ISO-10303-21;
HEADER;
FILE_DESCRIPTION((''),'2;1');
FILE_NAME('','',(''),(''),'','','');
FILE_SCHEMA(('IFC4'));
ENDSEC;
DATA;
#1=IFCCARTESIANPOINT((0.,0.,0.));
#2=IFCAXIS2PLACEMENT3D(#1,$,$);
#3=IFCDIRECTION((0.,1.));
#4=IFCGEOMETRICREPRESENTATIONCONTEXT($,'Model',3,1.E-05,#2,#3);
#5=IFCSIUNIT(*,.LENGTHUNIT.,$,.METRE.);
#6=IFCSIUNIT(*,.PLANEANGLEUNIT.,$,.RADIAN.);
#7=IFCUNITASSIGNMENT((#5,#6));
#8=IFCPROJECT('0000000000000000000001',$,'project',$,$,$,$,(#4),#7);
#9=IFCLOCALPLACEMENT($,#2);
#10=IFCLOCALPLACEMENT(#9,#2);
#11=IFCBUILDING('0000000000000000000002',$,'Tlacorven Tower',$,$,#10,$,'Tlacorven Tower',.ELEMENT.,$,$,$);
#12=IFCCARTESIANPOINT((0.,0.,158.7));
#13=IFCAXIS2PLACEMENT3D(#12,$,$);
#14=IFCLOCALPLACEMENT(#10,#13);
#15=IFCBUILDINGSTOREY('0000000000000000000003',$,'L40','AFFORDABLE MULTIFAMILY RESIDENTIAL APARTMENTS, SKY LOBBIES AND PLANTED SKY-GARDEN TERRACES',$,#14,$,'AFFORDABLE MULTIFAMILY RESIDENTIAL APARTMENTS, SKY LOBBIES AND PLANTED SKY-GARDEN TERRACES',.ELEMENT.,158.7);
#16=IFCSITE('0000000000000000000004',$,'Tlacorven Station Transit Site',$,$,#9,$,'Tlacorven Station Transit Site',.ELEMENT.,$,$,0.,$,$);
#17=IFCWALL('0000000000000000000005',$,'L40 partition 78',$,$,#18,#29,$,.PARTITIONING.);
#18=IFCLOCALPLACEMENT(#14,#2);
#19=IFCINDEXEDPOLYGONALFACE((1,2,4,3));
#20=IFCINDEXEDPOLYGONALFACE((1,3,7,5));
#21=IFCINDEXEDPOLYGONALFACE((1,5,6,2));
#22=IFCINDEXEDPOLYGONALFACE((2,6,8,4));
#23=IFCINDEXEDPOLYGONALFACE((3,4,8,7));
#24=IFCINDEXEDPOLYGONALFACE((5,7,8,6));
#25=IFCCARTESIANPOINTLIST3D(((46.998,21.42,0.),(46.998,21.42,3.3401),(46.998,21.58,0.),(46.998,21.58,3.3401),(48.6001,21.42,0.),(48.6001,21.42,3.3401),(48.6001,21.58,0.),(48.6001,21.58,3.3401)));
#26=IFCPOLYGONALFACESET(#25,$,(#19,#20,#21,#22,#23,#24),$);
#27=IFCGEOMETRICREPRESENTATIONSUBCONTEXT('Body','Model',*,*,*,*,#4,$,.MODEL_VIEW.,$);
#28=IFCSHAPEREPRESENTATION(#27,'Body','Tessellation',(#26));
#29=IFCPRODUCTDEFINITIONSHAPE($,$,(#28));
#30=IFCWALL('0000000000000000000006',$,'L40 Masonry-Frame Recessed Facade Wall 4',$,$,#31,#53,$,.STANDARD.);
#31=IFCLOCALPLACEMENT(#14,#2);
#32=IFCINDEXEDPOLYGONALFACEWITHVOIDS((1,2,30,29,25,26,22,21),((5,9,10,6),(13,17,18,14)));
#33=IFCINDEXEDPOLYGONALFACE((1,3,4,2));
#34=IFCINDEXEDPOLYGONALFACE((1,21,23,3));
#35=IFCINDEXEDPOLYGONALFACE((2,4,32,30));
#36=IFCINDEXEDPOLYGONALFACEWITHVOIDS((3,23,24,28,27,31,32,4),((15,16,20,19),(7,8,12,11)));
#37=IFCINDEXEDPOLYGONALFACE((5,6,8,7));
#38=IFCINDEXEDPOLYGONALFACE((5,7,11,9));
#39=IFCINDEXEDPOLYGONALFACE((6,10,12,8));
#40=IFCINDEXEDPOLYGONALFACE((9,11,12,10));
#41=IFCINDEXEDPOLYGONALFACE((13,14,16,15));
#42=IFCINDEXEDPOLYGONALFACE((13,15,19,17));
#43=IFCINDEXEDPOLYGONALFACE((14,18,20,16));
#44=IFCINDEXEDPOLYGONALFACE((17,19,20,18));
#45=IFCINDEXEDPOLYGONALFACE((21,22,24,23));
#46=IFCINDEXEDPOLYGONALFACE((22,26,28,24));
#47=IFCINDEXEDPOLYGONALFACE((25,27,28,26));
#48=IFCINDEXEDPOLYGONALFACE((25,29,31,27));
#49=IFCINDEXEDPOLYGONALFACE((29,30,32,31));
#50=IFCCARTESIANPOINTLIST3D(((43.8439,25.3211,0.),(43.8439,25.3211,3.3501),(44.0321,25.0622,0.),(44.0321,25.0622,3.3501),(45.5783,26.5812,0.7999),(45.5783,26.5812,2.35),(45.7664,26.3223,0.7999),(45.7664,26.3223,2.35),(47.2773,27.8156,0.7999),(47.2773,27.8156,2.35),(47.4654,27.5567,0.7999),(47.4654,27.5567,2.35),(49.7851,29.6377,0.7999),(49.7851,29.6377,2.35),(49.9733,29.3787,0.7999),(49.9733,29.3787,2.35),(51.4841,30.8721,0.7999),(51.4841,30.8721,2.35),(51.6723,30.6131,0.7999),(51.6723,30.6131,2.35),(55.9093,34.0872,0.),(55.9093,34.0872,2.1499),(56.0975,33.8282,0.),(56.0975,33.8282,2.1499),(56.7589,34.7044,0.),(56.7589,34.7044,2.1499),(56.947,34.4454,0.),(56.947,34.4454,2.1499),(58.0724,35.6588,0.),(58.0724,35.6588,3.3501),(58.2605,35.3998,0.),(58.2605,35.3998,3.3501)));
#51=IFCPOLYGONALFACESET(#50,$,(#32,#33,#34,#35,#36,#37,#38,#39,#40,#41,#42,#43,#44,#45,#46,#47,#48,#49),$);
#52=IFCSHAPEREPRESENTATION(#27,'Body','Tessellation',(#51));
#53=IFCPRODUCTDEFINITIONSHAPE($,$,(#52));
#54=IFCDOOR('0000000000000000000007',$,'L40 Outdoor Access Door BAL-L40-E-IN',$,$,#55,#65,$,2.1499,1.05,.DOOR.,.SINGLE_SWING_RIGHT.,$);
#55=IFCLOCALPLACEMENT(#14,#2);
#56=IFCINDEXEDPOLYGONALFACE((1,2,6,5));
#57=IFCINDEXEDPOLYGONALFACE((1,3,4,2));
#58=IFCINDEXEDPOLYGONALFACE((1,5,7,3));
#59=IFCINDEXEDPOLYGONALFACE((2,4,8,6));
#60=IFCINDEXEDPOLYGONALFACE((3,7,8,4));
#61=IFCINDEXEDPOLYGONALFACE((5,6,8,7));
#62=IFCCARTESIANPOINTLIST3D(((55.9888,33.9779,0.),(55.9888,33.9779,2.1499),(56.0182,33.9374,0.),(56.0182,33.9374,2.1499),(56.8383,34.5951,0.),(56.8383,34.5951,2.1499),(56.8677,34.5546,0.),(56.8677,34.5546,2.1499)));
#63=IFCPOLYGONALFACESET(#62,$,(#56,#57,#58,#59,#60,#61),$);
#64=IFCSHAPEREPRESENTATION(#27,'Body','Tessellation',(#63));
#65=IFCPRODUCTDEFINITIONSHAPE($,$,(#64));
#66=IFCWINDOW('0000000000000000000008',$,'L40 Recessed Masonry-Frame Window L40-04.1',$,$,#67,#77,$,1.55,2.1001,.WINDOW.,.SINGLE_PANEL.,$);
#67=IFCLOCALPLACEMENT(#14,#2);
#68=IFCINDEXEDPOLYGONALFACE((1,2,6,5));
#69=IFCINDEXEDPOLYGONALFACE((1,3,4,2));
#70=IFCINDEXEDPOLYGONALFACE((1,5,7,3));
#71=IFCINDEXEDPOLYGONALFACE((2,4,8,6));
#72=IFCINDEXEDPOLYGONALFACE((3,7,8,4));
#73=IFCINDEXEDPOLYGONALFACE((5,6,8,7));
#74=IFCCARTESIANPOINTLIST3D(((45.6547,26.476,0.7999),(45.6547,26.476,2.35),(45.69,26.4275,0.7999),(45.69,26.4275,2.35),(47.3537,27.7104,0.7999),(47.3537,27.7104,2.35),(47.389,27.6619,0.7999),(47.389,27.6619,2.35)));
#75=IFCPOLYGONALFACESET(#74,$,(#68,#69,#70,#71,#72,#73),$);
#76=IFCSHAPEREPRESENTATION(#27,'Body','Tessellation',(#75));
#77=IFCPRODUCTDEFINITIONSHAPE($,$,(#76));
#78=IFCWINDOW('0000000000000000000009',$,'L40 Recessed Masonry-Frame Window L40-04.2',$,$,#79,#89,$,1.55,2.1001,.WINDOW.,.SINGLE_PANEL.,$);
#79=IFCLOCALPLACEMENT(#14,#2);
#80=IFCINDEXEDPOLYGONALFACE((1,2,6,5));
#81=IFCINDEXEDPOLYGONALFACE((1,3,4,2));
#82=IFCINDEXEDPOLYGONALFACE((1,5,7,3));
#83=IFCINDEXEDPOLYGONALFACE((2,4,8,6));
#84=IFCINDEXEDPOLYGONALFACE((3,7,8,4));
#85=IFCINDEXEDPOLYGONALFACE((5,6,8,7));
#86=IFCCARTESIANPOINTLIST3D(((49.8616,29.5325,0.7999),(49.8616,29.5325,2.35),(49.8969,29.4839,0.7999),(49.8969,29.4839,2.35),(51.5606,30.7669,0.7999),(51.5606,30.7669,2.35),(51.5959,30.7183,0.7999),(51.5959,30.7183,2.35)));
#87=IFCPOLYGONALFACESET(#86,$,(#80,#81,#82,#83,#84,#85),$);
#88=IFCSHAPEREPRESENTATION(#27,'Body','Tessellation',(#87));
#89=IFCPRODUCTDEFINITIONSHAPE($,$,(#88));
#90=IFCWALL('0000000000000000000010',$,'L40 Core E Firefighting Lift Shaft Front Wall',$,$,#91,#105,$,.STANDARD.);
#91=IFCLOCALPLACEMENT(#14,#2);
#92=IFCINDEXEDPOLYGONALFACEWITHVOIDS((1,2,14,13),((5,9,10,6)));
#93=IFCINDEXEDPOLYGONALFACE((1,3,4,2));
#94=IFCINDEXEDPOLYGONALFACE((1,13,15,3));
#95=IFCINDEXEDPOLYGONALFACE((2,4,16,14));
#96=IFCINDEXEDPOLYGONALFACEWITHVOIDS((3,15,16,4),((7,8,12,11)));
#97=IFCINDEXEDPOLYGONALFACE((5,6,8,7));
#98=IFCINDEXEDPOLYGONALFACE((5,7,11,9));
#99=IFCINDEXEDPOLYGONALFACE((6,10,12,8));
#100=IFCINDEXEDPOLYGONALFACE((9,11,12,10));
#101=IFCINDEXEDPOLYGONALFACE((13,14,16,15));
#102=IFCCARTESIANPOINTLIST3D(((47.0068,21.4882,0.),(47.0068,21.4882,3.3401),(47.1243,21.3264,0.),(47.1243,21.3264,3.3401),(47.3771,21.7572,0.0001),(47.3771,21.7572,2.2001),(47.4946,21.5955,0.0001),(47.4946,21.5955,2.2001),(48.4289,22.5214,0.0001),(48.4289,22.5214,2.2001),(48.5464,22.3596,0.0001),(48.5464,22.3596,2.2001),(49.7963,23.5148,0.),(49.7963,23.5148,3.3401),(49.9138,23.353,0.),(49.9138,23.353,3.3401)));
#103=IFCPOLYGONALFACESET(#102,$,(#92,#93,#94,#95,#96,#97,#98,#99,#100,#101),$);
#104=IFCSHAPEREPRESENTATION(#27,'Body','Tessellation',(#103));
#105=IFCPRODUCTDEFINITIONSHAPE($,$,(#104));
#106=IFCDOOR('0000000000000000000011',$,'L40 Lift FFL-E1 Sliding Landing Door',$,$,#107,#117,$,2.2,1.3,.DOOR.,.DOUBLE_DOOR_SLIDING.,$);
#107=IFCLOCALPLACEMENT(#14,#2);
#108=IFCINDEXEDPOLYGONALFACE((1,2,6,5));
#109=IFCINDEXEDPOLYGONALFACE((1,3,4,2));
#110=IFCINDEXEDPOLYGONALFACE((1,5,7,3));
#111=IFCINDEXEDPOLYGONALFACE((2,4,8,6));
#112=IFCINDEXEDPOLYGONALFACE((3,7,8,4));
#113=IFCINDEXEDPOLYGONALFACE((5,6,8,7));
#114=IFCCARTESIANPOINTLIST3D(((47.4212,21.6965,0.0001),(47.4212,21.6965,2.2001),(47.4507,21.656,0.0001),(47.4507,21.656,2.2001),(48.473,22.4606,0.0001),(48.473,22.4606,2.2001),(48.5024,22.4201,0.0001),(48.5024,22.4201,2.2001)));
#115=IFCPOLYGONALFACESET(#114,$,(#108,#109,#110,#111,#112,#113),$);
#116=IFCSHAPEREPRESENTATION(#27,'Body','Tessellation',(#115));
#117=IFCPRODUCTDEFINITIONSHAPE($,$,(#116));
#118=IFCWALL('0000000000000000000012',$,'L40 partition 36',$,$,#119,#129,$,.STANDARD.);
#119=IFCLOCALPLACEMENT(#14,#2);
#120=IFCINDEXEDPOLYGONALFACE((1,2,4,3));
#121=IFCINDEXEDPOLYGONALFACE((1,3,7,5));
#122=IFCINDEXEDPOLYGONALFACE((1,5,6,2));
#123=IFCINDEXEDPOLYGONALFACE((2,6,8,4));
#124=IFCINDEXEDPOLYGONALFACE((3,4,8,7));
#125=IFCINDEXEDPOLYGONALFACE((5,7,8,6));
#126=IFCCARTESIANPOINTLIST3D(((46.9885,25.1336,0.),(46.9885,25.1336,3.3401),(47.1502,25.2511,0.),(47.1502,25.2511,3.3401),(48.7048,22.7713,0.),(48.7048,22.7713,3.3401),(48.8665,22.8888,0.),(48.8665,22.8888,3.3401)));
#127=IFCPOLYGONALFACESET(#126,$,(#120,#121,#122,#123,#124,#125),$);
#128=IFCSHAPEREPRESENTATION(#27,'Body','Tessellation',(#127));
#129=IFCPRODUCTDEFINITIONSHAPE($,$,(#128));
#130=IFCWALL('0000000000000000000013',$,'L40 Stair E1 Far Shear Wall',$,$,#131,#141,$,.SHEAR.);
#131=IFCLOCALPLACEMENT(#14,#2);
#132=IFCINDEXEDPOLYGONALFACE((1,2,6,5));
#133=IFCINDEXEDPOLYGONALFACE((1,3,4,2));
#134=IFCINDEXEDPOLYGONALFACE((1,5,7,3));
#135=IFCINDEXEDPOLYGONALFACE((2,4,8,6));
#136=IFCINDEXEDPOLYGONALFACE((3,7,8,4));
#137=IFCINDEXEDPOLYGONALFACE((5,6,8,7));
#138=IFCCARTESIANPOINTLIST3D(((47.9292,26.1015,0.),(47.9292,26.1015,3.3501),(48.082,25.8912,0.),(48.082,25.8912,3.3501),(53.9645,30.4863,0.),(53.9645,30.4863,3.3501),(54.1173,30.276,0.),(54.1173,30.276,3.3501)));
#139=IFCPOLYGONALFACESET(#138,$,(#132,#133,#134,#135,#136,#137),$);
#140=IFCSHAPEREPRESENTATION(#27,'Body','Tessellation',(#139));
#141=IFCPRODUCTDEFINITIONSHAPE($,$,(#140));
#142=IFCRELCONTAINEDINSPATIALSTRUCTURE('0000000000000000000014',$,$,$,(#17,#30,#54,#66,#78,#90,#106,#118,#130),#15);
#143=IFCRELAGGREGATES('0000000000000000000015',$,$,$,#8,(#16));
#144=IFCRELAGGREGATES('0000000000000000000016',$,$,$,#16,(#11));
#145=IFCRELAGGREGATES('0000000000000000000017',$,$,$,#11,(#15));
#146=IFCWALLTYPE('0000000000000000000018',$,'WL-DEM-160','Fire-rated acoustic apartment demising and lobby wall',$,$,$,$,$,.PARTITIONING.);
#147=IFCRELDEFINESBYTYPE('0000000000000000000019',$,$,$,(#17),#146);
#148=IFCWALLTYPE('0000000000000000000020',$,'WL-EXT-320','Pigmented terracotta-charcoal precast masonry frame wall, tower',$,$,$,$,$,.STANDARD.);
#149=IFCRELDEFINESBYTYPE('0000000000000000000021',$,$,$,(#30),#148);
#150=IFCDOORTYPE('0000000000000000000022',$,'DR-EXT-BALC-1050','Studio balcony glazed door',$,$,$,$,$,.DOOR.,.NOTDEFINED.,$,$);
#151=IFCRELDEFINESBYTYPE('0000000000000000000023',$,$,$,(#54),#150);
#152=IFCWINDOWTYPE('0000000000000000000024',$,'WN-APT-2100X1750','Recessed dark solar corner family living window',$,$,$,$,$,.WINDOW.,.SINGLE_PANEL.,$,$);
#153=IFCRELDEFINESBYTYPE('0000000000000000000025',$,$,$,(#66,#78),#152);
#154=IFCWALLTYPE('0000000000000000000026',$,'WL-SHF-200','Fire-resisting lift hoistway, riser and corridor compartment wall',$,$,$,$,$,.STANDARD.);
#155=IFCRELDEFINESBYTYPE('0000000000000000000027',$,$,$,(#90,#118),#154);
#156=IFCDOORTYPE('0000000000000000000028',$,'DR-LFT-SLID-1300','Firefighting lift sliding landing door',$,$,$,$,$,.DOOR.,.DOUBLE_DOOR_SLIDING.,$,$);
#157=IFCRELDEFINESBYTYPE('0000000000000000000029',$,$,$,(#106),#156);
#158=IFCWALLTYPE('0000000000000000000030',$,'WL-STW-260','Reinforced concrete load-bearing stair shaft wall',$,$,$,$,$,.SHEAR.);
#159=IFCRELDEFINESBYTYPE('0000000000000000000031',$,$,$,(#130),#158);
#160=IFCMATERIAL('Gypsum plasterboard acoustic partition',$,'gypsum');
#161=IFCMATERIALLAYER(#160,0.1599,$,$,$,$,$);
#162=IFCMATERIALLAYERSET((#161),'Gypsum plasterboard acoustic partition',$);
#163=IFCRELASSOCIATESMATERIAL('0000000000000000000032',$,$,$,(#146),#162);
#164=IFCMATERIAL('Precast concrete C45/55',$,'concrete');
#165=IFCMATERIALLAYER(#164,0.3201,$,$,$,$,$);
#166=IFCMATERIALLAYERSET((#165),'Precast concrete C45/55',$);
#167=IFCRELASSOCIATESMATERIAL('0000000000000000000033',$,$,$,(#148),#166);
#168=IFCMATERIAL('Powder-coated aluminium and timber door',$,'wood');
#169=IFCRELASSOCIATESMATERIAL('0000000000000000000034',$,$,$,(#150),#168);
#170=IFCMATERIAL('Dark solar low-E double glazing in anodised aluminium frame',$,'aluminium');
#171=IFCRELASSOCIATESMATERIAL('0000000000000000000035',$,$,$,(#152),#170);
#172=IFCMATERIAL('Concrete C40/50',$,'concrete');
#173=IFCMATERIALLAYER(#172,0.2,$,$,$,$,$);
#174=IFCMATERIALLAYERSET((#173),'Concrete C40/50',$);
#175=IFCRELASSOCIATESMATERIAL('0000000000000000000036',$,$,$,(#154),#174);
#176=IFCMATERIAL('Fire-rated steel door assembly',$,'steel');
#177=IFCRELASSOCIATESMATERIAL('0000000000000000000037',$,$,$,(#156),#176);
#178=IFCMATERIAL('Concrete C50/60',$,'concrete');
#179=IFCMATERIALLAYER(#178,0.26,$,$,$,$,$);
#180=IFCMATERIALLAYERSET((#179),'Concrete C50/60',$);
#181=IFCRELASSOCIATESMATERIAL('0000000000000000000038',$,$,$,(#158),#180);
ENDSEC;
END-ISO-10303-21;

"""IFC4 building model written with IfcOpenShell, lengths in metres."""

from ifc_helpers import new_model, si_unit, direction, frame, frame_2d, origin, place, context, subcontext, project, spatial, rectangle, extrude, source, transform, mapped, material, layer, layer_set, type_object, element, fill, save


model = new_model("IFC4")

# Units and contexts
model_context = context("Model", 3, precision=1e-05, world=origin(), true_north=direction((0.0, 1.0)))
body_context = subcontext(model_context, "Body", "Model", "MODEL_VIEW")
ifc_project = project(units=[si_unit("LENGTHUNIT", "METRE"), si_unit("PLANEANGLEUNIT", "RADIAN")], contexts=[model_context])

# Site, building, storey
site_placement = place(None, origin())
site = spatial("IfcSite", under=ifc_project, at=site_placement, Name="Tlacorven Station Transit Site", LongName="Tlacorven Station Transit Site", CompositionType="ELEMENT", RefElevation=0.0)
building_placement = place(site_placement, origin())
building = spatial("IfcBuilding", under=site, at=building_placement, Name="Tlacorven Tower", LongName="Tlacorven Tower", CompositionType="ELEMENT")
storey_placement = place(building_placement, frame((0.0, 0.0, 158.7)))
storey = spatial("IfcBuildingStorey", under=building, at=storey_placement, Name="L40", Description="AFFORDABLE MULTIFAMILY RESIDENTIAL APARTMENTS, SKY LOBBIES AND PLANTED SKY-GARDEN TERRACES", LongName="AFFORDABLE MULTIFAMILY RESIDENTIAL APARTMENTS, SKY LOBBIES AND PLANTED SKY-GARDEN TERRACES", CompositionType="ELEMENT", Elevation=158.7)

# Wall
ifc_material_1 = material(Name="Gypsum plasterboard acoustic partition", Category="gypsum")
ifc_layer_1 = layer(ifc_material_1, 0.1599)
ifc_layer_set_1 = layer_set([ifc_layer_1], Name="Gypsum plasterboard acoustic partition")
wall_type_1 = type_object("IfcWallType", Name="WL-DEM-160", Description="Fire-rated acoustic apartment demising and lobby wall", PredefinedType="PARTITIONING", material=ifc_layer_set_1)
wall_1_placement = place(storey_placement, frame((46.998, 21.5, 0.0), z_axis=(0.0, 0.0, 1.0), x_axis=(1.0, 0.0, 0.0)))
element("IfcWall", 1, at=wall_1_placement, inside=storey, type_object=wall_type_1, Name="L40 partition 78", PredefinedType="PARTITIONING", context=body_context, shape_type="SweptSolid", body=[
    extrude(rectangle(XDim=1.6021, YDim=0.1599, at=frame_2d((0.801, 0.0))), origin(), (0.0, 0.0, 1.0), 3.3401),
])

# Wall, openings, door, windows
ifc_material_2 = material(Name="Precast concrete C45/55", Category="concrete")
ifc_layer_2 = layer(ifc_material_2, 0.3201)
ifc_layer_set_2 = layer_set([ifc_layer_2], Name="Precast concrete C45/55")
wall_type_2 = type_object("IfcWallType", Name="WL-EXT-320", Description="Pigmented terracotta-charcoal precast masonry frame wall, tower", PredefinedType="STANDARD", material=ifc_layer_set_2)
wall_2_placement = place(storey_placement, frame((43.938, 25.1917, 0.0), z_axis=(0.0, 0.0, 1.0), x_axis=(0.809016, 0.587786, 0.0)))
wall_2 = element("IfcWall", 2, at=wall_2_placement, inside=storey, type_object=wall_type_2, Name="L40 Masonry-Frame Recessed Facade Wall 4", PredefinedType="STANDARD", context=body_context, shape_type="SweptSolid", body=[
    extrude(rectangle(XDim=17.5874, YDim=0.3201, at=frame_2d((8.7937, 0.0))), origin(), (0.0, 0.0, 1.0), 3.3501),
])
opening_1_placement = place(wall_2_placement, frame((14.9138, 0.0, 0.0)))
opening_1 = element("IfcOpeningElement", 3, at=opening_1_placement, cuts=wall_2, PredefinedType="OPENING", context=body_context, shape_type="SweptSolid", body=[
    extrude(rectangle(XDim=1.05, YDim=2.1499, at=frame_2d((0.5249, 1.075))), frame((0.0, 0.1699, 0.0), z_axis=(0.0, -1.0, 0.0), x_axis=(1.0, 0.0, 0.0)), (0.0, 0.0, 1.0), 0.3401),
])
opening_2_placement = place(wall_2_placement, frame((2.1438, 0.0, 0.8)))
opening_2 = element("IfcOpeningElement", 4, at=opening_2_placement, cuts=wall_2, PredefinedType="OPENING", context=body_context, shape_type="SweptSolid", body=[
    extrude(rectangle(XDim=2.1001, YDim=1.55, at=frame_2d((1.05, 0.7749))), frame((0.0, 0.1699, 0.0), z_axis=(0.0, -1.0, 0.0), x_axis=(1.0, 0.0, 0.0)), (0.0, 0.0, 1.0), 0.3401),
])
opening_3_placement = place(wall_2_placement, frame((7.3438, 0.0, 0.8)))
opening_3 = element("IfcOpeningElement", 5, at=opening_3_placement, cuts=wall_2, PredefinedType="OPENING", context=body_context, shape_type="SweptSolid", body=[
    extrude(rectangle(XDim=2.1001, YDim=1.55, at=frame_2d((1.05, 0.7749))), frame((0.0, 0.1699, 0.0), z_axis=(0.0, -1.0, 0.0), x_axis=(1.0, 0.0, 0.0)), (0.0, 0.0, 1.0), 0.3401),
])
ifc_material_3 = material(Name="Powder-coated aluminium and timber door", Category="wood")
door_type_1 = type_object("IfcDoorType", Name="DR-EXT-BALC-1050", Description="Studio balcony glazed door", OperationType="NOTDEFINED", PredefinedType="DOOR", material=ifc_material_3)
shared_shape_1 = source(origin(), body_context, "Body", "SweptSolid", [
    extrude(rectangle(XDim=1.05, YDim=2.1499, at=frame_2d((0.5249, 1.075))), frame((0.0, 0.0249, 0.0), z_axis=(0.0, -1.0, 0.0), x_axis=(1.0, 0.0, 0.0)), (0.0, 0.0, 1.0), 0.05),
])
door_1_placement = place(opening_1_placement, origin())
door_1 = element("IfcDoor", 6, at=door_1_placement, inside=storey, type_object=door_type_1, Name="L40 Outdoor Access Door BAL-L40-E-IN", OperationType="SINGLE_SWING_RIGHT", OverallHeight=2.1499, OverallWidth=1.05, PredefinedType="DOOR", context=body_context, shape_type="MappedRepresentation", body=[
    mapped(shared_shape_1, transform((0.0, 0.0, 0.0), scale=1.0)),
])
fill(opening_1, door_1)
ifc_material_4 = material(Name="Dark solar low-E double glazing in anodised aluminium frame", Category="aluminium")
window_type = type_object("IfcWindowType", Name="WN-APT-2100X1750", Description="Recessed dark solar corner family living window", PartitioningType="SINGLE_PANEL", PredefinedType="WINDOW", material=ifc_material_4)
shared_shape_2 = source(origin(), body_context, "Body", "SweptSolid", [
    extrude(rectangle(XDim=2.1001, YDim=1.55, at=frame_2d((1.05, 0.7749))), frame((0.0, 0.03, 0.0), z_axis=(0.0, -1.0, 0.0), x_axis=(1.0, 0.0, 0.0)), (0.0, 0.0, 1.0), 0.0601),
])
window_1_placement = place(opening_2_placement, origin())
window_1 = element("IfcWindow", 7, at=window_1_placement, inside=storey, type_object=window_type, Name="L40 Recessed Masonry-Frame Window L40-04.1", OverallHeight=1.55, OverallWidth=2.1001, PartitioningType="SINGLE_PANEL", PredefinedType="WINDOW", context=body_context, shape_type="MappedRepresentation", body=[
    mapped(shared_shape_2, transform((0.0, 0.0, 0.0), scale=1.0)),
])
fill(opening_2, window_1)
window_2_placement = place(opening_3_placement, origin())
window_2 = element("IfcWindow", 8, at=window_2_placement, inside=storey, type_object=window_type, Name="L40 Recessed Masonry-Frame Window L40-04.2", OverallHeight=1.55, OverallWidth=2.1001, PartitioningType="SINGLE_PANEL", PredefinedType="WINDOW", context=body_context, shape_type="MappedRepresentation", body=[
    mapped(shared_shape_2, transform((0.0, 0.0, 0.0), scale=1.0)),
])
fill(opening_3, window_2)

# Wall, opening, door
ifc_material_5 = material(Name="Concrete C40/50", Category="concrete")
ifc_layer_3 = layer(ifc_material_5, 0.2)
ifc_layer_set_3 = layer_set([ifc_layer_3], Name="Concrete C40/50")
wall_type_3 = type_object("IfcWallType", Name="WL-SHF-200", Description="Fire-resisting lift hoistway, riser and corridor compartment wall", PredefinedType="STANDARD", material=ifc_layer_set_3)
wall_3_placement = place(storey_placement, frame((47.0654, 21.4072, 0.0), z_axis=(0.0, 0.0, 1.0), x_axis=(0.809033, 0.587763, 0.0)))
wall_3 = element("IfcWall", 9, at=wall_3_placement, inside=storey, type_object=wall_type_3, Name="L40 Core E Firefighting Lift Shaft Front Wall", PredefinedType="STANDARD", context=body_context, shape_type="SweptSolid", body=[
    extrude(rectangle(XDim=3.448, YDim=0.2, at=frame_2d((1.7241, 0.0))), origin(), (0.0, 0.0, 1.0), 3.3401),
])
opening_4_placement = place(wall_3_placement, frame((0.458, 0.0, 0.0)))
opening_4 = element("IfcOpeningElement", 10, at=opening_4_placement, cuts=wall_3, PredefinedType="OPENING", context=body_context, shape_type="SweptSolid", body=[
    extrude(rectangle(XDim=1.3, YDim=2.2, at=frame_2d((0.6499, 1.1001))), frame((0.0, 0.1099, 0.0), z_axis=(0.0, -1.0, 0.0), x_axis=(1.0, 0.0, 0.0)), (0.0, 0.0, 1.0), 0.22),
])
ifc_material_6 = material(Name="Fire-rated steel door assembly", Category="steel")
door_type_2 = type_object("IfcDoorType", Name="DR-LFT-SLID-1300", Description="Firefighting lift sliding landing door", OperationType="DOUBLE_DOOR_SLIDING", PredefinedType="DOOR", material=ifc_material_6)
shared_shape_3 = source(origin(), body_context, "Body", "SweptSolid", [
    extrude(rectangle(XDim=1.3, YDim=2.2, at=frame_2d((0.6499, 1.1001))), frame((0.0, 0.0249, 0.0), z_axis=(0.0, -1.0, 0.0), x_axis=(1.0, 0.0, 0.0)), (0.0, 0.0, 1.0), 0.05),
])
door_2_placement = place(opening_4_placement, origin())
door_2 = element("IfcDoor", 11, at=door_2_placement, inside=storey, type_object=door_type_2, Name="L40 Lift FFL-E1 Sliding Landing Door", OperationType="DOUBLE_DOOR_SLIDING", OverallHeight=2.2, OverallWidth=1.3, PredefinedType="DOOR", context=body_context, shape_type="MappedRepresentation", body=[
    mapped(shared_shape_3, transform((0.0, 0.0, 0.0), scale=1.0)),
])
fill(opening_4, door_2)

# Walls
wall_4_placement = place(storey_placement, frame((48.7856, 22.8301, 0.0), z_axis=(0.0, 0.0, 1.0), x_axis=(-0.587784, 0.809018, 0.0)))
element("IfcWall", 12, at=wall_4_placement, inside=storey, type_object=wall_type_3, Name="L40 partition 36", PredefinedType="STANDARD", context=body_context, shape_type="SweptSolid", body=[
    extrude(rectangle(XDim=2.9199, YDim=0.2, at=frame_2d((1.46, 0.0))), origin(), (0.0, 0.0, 1.0), 3.3401),
])
ifc_material_7 = material(Name="Concrete C50/60", Category="concrete")
ifc_layer_4 = layer(ifc_material_7, 0.26)
ifc_layer_set_4 = layer_set([ifc_layer_4], Name="Concrete C50/60")
wall_type_4 = type_object("IfcWallType", Name="WL-STW-260", Description="Reinforced concrete load-bearing stair shaft wall", PredefinedType="SHEAR", material=ifc_layer_set_4)
wall_5_placement = place(storey_placement, frame((48.0056, 25.9963, 0.0), z_axis=(0.0, 0.0, 1.0), x_axis=(0.809019, 0.587782, 0.0)))
element("IfcWall", 13, at=wall_5_placement, inside=storey, type_object=wall_type_4, Name="L40 Stair E1 Far Shear Wall", PredefinedType="SHEAR", context=body_context, shape_type="SweptSolid", body=[
    extrude(rectangle(XDim=7.46, YDim=0.26, at=frame_2d((3.73, 0.0))), origin(), (0.0, 0.0, 1.0), 3.3501),
])

save(model, "model.ifc")
